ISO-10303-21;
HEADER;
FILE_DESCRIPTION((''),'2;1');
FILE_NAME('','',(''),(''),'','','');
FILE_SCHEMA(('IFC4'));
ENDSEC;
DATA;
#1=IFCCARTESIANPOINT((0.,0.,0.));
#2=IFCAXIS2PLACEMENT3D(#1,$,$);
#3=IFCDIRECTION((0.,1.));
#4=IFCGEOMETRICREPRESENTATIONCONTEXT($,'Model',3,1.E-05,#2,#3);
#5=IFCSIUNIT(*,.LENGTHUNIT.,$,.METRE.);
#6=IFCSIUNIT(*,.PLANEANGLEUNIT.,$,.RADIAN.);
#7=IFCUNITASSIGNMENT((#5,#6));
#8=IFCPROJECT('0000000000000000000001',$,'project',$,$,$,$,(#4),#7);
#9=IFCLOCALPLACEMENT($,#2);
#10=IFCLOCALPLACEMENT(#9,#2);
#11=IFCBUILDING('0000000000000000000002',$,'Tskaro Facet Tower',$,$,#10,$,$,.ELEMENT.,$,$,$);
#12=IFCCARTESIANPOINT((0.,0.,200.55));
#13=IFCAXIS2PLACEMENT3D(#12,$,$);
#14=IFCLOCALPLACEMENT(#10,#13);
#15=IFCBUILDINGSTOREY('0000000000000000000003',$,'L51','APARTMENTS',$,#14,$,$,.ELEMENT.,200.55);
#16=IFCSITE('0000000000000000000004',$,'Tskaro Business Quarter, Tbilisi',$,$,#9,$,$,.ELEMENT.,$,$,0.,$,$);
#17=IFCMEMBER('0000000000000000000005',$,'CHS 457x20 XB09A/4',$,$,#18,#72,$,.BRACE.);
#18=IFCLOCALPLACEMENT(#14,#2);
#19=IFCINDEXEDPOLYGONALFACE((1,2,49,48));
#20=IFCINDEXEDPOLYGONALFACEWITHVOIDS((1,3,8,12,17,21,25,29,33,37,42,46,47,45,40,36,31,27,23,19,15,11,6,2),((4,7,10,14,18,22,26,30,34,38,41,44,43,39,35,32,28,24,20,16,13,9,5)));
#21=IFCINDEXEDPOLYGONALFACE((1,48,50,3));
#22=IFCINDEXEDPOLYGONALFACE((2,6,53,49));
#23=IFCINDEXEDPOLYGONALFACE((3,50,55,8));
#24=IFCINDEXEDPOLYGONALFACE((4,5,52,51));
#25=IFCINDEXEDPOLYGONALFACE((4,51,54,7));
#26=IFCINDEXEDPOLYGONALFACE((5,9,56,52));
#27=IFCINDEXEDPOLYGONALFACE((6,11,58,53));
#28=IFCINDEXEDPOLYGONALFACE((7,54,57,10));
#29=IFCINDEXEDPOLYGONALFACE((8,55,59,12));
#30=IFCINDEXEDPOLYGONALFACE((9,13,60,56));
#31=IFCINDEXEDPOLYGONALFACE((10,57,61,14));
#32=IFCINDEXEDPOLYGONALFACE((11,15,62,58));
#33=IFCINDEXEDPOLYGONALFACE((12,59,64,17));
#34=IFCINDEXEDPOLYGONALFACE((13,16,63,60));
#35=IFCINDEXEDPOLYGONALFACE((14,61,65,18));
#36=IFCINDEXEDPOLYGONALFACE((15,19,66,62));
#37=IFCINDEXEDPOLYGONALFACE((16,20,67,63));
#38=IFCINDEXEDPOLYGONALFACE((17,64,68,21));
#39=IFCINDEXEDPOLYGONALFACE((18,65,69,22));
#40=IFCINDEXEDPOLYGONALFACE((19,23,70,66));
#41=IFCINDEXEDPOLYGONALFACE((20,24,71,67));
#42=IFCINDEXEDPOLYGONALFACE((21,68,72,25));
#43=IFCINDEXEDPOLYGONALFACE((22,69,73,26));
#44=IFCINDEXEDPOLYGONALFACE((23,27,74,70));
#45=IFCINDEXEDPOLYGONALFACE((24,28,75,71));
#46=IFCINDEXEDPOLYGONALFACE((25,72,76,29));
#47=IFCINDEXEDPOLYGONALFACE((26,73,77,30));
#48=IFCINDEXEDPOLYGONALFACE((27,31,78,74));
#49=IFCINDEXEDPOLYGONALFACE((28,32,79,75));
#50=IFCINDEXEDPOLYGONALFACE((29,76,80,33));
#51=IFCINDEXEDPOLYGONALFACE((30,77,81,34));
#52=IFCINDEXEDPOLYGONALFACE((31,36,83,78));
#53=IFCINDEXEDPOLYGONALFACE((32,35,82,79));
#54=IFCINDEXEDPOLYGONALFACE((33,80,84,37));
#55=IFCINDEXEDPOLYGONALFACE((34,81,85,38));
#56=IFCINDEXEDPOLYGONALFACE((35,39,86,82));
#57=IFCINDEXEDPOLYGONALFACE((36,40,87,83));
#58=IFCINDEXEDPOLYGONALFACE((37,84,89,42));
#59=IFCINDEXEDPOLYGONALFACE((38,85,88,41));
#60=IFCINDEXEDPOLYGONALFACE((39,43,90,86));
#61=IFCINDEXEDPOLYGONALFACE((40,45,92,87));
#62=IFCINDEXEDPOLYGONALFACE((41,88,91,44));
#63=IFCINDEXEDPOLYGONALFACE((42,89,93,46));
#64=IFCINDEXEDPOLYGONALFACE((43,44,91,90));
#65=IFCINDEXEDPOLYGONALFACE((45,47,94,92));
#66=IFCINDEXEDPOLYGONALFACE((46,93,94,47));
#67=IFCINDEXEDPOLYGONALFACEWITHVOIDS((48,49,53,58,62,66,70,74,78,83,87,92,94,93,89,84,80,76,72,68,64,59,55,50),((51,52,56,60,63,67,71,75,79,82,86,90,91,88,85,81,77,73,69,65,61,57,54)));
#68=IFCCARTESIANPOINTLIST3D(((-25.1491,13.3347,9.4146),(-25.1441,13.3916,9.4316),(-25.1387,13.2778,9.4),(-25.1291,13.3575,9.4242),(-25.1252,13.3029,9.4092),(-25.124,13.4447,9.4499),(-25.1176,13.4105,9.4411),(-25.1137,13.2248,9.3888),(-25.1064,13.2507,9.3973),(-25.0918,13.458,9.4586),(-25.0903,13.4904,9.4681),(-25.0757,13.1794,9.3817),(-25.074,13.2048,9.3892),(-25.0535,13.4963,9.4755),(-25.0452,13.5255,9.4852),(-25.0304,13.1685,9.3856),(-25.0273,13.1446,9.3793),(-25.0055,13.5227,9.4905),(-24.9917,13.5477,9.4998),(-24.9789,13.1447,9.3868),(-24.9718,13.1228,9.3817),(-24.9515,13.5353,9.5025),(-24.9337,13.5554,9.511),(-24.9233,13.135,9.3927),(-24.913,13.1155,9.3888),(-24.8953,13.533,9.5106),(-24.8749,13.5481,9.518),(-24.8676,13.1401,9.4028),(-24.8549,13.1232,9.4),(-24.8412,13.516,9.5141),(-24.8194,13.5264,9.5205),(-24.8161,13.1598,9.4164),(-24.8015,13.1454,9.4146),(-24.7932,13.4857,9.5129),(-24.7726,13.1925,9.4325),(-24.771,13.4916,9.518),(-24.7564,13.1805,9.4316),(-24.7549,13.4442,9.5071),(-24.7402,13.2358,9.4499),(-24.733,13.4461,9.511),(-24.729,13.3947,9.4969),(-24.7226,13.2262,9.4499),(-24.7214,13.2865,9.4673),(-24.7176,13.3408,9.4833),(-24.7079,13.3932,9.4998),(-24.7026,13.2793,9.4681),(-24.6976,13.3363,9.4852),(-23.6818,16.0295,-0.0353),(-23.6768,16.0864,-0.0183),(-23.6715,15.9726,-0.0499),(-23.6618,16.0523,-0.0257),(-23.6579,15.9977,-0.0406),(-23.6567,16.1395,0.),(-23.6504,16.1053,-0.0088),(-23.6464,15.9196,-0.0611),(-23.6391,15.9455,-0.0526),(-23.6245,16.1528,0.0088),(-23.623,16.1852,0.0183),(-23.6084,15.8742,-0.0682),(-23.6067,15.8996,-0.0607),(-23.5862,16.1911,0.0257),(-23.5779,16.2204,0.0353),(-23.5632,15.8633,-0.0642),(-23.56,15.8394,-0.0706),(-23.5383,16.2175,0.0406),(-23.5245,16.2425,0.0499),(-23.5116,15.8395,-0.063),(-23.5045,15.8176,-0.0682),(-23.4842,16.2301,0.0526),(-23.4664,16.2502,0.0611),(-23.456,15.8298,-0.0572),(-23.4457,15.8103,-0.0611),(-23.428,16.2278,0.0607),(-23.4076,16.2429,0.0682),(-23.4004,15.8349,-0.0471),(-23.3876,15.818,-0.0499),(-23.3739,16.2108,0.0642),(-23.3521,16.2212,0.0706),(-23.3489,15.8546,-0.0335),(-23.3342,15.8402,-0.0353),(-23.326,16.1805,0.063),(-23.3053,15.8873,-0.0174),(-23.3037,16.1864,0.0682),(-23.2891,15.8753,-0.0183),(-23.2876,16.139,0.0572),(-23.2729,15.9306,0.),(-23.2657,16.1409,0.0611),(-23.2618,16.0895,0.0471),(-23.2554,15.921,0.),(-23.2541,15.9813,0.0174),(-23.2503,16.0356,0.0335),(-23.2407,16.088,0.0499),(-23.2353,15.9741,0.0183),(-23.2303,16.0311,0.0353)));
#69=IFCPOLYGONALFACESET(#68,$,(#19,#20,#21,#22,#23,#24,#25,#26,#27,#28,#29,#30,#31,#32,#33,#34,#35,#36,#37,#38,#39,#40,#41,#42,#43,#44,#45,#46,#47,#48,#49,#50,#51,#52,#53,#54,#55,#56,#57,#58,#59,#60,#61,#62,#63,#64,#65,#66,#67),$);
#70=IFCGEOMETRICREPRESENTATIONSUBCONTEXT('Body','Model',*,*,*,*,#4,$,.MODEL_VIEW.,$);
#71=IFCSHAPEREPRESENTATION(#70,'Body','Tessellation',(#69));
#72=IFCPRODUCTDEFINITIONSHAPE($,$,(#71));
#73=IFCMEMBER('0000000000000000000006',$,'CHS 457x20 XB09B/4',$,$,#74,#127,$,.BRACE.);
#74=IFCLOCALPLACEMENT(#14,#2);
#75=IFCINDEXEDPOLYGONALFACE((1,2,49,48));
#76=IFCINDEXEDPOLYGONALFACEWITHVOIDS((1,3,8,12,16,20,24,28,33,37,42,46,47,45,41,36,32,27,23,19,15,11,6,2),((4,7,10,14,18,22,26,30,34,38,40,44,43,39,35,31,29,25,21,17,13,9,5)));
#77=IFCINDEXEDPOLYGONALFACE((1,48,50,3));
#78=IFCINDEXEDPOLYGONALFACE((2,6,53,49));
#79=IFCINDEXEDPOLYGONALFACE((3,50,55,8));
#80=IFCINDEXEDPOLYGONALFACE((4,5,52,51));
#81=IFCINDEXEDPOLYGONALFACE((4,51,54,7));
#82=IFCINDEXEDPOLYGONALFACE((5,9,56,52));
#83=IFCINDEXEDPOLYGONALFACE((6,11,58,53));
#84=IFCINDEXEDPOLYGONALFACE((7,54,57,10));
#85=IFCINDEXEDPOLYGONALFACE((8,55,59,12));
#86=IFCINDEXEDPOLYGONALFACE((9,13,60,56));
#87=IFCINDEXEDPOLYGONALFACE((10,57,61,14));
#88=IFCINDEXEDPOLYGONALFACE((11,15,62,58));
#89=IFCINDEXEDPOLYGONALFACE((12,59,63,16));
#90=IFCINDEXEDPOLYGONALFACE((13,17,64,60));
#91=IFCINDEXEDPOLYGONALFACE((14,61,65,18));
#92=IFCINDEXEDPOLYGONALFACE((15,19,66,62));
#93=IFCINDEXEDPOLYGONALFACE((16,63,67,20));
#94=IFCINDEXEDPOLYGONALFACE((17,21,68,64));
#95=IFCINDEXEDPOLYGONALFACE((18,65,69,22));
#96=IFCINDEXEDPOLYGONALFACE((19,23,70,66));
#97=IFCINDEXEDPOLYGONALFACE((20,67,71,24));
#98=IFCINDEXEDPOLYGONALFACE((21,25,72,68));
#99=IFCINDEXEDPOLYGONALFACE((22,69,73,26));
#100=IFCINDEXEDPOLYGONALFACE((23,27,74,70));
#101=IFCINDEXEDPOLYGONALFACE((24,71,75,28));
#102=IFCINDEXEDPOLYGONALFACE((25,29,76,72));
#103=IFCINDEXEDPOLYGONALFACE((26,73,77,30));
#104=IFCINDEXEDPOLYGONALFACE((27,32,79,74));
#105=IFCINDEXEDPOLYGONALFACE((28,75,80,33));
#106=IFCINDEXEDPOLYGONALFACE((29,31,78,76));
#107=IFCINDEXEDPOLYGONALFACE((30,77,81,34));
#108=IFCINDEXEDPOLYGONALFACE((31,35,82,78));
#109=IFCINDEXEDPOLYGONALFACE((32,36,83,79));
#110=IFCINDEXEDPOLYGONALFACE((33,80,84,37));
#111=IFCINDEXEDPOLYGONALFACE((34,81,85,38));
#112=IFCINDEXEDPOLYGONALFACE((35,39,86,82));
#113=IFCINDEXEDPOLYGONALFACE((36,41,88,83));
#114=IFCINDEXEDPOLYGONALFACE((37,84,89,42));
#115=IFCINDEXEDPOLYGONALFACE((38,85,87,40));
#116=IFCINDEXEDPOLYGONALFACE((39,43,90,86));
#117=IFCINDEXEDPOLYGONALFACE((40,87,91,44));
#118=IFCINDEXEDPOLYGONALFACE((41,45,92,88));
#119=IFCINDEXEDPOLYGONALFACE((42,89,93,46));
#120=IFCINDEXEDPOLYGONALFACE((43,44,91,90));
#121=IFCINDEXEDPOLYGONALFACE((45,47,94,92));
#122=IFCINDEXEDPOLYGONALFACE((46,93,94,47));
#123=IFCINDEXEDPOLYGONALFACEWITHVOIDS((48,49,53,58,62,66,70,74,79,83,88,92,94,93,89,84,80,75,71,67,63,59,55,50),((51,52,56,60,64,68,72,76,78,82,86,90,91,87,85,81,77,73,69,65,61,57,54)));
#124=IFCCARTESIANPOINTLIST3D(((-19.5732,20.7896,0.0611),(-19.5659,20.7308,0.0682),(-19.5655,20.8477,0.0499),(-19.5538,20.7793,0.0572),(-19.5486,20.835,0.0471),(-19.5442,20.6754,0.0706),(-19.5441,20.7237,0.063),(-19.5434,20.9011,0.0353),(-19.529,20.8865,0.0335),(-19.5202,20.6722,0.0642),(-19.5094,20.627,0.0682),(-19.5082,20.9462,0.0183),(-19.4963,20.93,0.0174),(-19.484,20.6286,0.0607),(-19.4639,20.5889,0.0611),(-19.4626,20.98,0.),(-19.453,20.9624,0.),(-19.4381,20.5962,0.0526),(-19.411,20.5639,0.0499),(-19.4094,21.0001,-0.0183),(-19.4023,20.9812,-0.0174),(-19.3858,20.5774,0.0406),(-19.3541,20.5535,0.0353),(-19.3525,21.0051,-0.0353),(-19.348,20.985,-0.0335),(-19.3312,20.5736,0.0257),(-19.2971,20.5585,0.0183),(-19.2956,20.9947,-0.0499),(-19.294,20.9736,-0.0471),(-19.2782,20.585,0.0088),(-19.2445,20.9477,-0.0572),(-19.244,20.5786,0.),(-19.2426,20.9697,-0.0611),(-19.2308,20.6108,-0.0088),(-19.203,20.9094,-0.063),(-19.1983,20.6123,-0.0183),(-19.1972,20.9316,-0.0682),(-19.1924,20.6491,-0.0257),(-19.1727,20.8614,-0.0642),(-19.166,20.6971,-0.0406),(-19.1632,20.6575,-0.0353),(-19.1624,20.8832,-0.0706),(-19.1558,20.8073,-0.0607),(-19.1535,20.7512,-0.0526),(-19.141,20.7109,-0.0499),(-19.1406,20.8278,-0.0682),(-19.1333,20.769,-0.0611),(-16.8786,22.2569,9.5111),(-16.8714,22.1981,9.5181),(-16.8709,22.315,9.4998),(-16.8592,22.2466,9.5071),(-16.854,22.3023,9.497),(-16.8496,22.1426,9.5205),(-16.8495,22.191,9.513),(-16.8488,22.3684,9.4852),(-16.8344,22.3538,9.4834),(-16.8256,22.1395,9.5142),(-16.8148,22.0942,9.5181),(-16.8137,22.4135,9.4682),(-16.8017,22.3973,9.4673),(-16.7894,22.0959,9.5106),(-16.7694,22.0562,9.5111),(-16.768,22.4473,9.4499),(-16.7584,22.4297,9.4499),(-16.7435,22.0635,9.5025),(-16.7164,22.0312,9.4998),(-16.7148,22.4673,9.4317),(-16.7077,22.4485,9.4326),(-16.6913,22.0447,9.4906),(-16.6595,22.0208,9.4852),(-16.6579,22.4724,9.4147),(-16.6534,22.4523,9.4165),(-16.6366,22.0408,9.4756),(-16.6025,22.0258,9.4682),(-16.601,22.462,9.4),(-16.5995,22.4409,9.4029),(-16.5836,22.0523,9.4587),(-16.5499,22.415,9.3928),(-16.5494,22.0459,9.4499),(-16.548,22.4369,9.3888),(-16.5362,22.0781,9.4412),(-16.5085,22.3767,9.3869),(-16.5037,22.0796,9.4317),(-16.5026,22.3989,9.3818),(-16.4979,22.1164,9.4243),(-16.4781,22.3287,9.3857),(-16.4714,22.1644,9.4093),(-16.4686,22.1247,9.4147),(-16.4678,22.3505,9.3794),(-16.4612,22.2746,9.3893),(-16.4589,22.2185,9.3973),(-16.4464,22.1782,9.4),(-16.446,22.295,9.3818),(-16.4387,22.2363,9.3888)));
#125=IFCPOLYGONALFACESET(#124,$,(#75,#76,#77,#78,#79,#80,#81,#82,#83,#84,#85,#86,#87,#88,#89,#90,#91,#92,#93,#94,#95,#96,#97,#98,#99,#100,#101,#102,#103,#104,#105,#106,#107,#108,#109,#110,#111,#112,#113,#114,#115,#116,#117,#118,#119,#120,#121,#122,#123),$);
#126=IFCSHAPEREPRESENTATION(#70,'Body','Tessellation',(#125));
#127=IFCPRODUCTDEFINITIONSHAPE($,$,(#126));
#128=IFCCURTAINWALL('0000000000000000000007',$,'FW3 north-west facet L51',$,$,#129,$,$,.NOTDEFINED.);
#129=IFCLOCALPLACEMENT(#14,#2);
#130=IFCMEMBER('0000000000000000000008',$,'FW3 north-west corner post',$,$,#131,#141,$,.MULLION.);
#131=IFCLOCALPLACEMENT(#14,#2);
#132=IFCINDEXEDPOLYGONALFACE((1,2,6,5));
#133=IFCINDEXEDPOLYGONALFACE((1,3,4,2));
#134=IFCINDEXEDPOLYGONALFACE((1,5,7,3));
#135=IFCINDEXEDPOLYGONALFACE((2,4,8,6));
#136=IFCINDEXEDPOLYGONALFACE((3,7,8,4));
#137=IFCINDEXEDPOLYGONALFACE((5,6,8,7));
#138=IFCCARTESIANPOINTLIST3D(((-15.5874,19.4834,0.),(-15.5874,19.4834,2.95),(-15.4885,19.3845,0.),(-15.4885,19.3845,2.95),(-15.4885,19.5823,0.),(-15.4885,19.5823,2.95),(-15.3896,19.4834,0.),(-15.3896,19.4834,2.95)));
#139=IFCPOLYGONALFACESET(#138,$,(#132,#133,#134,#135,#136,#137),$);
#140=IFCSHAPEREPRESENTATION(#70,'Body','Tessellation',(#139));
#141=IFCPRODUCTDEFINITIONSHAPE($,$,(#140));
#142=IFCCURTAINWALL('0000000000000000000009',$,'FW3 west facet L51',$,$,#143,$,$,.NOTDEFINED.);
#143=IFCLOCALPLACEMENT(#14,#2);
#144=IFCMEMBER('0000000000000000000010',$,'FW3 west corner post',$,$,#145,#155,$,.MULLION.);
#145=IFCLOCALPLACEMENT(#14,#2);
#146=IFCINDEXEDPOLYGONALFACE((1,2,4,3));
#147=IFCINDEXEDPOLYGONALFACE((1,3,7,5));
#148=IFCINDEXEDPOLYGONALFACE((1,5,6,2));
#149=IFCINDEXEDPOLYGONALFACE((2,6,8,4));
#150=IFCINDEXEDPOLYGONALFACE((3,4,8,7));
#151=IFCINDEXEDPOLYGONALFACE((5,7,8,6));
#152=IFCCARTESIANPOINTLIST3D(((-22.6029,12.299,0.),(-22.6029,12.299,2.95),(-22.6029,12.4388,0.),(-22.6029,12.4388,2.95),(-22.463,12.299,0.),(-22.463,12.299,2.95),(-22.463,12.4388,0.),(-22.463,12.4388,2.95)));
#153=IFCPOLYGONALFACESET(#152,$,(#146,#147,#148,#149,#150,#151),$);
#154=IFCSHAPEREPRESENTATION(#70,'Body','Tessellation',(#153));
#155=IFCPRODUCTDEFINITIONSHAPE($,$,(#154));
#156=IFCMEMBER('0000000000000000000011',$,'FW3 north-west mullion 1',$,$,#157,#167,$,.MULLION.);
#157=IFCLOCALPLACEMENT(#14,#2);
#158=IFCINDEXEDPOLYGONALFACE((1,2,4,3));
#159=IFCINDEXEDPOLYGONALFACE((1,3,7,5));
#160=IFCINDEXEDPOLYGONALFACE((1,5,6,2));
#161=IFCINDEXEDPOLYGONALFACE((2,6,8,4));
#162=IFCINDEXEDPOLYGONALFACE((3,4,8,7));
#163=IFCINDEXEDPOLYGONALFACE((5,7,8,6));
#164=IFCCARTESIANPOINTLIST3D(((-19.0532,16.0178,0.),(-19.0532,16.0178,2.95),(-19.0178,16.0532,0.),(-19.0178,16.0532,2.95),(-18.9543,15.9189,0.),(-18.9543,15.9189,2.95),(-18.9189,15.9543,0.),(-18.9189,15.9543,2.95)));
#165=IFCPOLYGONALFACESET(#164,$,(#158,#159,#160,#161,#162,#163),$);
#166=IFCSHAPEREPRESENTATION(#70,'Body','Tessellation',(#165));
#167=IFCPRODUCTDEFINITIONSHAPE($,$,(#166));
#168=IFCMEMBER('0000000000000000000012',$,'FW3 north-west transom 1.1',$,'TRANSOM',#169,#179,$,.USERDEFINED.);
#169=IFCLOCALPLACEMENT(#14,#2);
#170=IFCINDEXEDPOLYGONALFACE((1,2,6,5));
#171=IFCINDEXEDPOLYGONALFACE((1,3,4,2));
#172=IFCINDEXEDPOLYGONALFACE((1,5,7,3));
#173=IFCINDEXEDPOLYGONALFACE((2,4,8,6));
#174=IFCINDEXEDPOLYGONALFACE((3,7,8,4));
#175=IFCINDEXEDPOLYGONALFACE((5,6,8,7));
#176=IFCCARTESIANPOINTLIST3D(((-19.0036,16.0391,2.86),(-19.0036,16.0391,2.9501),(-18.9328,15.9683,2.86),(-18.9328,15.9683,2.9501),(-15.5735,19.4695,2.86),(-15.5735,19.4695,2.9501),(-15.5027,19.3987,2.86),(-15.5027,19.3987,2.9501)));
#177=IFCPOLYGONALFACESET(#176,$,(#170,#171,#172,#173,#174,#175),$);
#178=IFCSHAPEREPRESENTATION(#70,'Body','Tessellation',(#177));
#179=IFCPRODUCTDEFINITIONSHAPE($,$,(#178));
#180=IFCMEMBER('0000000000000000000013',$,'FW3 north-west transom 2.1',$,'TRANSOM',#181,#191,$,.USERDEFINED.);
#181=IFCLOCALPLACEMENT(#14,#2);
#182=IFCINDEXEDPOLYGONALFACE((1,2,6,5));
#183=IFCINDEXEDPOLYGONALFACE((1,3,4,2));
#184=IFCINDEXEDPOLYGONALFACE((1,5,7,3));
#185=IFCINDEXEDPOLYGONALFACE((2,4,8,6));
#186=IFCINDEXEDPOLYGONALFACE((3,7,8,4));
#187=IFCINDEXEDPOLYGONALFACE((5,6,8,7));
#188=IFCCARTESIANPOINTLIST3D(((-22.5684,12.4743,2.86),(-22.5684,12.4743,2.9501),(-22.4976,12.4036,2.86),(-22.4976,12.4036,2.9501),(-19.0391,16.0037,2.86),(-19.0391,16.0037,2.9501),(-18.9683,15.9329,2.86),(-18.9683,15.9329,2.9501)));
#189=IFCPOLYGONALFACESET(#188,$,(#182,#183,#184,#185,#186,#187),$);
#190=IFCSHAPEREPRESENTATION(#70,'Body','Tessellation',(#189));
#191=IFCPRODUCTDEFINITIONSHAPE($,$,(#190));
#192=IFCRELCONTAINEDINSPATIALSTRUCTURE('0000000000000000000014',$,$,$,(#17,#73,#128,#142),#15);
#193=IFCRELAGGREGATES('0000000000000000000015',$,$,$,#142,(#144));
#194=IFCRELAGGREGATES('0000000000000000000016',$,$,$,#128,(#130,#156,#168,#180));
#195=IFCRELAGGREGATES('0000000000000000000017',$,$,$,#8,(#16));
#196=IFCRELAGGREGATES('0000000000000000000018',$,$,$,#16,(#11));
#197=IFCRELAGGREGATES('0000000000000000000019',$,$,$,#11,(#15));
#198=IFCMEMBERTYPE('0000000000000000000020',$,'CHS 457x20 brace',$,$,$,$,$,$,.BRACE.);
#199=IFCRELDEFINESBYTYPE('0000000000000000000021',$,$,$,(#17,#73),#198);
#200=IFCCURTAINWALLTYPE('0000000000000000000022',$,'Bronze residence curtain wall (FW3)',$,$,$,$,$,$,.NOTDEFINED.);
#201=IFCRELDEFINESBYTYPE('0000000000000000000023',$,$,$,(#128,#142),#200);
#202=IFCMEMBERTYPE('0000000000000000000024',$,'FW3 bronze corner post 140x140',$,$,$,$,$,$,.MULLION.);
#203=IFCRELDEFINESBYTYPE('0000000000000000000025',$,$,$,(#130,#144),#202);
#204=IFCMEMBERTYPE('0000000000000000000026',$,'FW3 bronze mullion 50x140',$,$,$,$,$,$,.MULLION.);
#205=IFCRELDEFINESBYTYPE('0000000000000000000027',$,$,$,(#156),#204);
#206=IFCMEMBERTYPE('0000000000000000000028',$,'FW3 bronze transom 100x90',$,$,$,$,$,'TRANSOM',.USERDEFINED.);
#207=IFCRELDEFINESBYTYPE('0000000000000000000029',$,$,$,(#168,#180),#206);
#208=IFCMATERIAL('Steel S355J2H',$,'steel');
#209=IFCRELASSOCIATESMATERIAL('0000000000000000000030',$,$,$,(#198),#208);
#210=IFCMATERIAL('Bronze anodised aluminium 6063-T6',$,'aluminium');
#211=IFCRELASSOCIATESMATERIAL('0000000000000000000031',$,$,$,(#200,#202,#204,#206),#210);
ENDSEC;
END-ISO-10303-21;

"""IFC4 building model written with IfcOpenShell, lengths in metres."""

from ifc_helpers import new_model, si_unit, direction, frame, origin, origin_2d, place, context, subcontext, project, spatial, rectangle, hollow_circle, extrude, material, material_profile, profile_set, type_object, element, aggregate, save


model = new_model("IFC4")

# Units and contexts
model_context = context("Model", 3, precision=1e-05, world=origin(), true_north=direction((0.0, 1.0)))
body_context = subcontext(model_context, "Body", "Model", "MODEL_VIEW")
ifc_project = project(units=[si_unit("LENGTHUNIT", "METRE"), si_unit("PLANEANGLEUNIT", "RADIAN")], contexts=[model_context])

# Site, building, storey
site_placement = place(None, origin())
site = spatial("IfcSite", under=ifc_project, at=site_placement, Name="Tskaro Business Quarter, Tbilisi", CompositionType="ELEMENT", RefElevation=0.0)
building_placement = place(site_placement, origin())
building = spatial("IfcBuilding", under=site, at=building_placement, Name="Tskaro Facet Tower", CompositionType="ELEMENT")
storey_placement = place(building_placement, frame((0.0, 0.0, 200.55)))
storey = spatial("IfcBuildingStorey", under=building, at=storey_placement, Name="L51", Description="APARTMENTS", CompositionType="ELEMENT", Elevation=200.55)

# Shared definitions
ifc_material_1 = material(Name="Steel S355J2H", Category="steel")

# Members
ifc_material_profile_1 = material_profile(ifc_material_1, hollow_circle(Radius=0.2285, WallThickness=0.02, at=origin_2d()), Name="CHS 457x20")
ifc_profile_set_1 = profile_set([ifc_material_profile_1], Name="Steel S355J2H")
member_type_1 = type_object("IfcMemberType", Name="CHS 457x20 brace", PredefinedType="BRACE", material=ifc_profile_set_1)
for number, where, z_axis, x_axis, name in (
    (1, (-23.4561, 16.0303, 0.0), (-0.147679, -0.271229, 0.951118), (0.878254, -0.478194, 0.0), "CHS 457x20 XB09A/4"),
    (2, (-19.3533, 20.7793, 0.0), (0.271206, 0.14768, 0.951125), (-0.478228, 0.878236, 0.0), "CHS 457x20 XB09B/4"),
):
    element("IfcMember", number, at=place(storey_placement, frame(where, z_axis=z_axis, x_axis=x_axis)), inside=storey, type_object=member_type_1, Name=name, PredefinedType="BRACE", context=body_context, shape_type="SweptSolid", body=[
        extrude(hollow_circle(Radius=0.2285, WallThickness=0.02, at=origin_2d()), origin(), (0.0, 0.0, 1.0), 9.9355),
    ])

# Curtain walls, members
ifc_material_2 = material(Name="Bronze anodised aluminium 6063-T6", Category="aluminium")
curtain_wall_type = type_object("IfcCurtainWallType", Name="Bronze residence curtain wall (FW3)", PredefinedType="NOTDEFINED", material=ifc_material_2)
curtain_wall_1_placement = place(storey_placement, origin())
curtain_wall_1 = element("IfcCurtainWall", 3, at=curtain_wall_1_placement, inside=storey, type_object=curtain_wall_type, Name="FW3 north-west facet L51", PredefinedType="NOTDEFINED")
ifc_material_profile_2 = material_profile(ifc_material_2, rectangle(XDim=0.1399, YDim=0.1399, at=origin_2d()), Name="Corner post 140x140")
ifc_profile_set_2 = profile_set([ifc_material_profile_2], Name="Bronze anodised aluminium 6063-T6")
member_type_2 = type_object("IfcMemberType", Name="FW3 bronze corner post 140x140", PredefinedType="MULLION", material=ifc_profile_set_2)
member_1_placement = place(storey_placement, frame((-15.4885, 19.4834, 0.0), z_axis=(0.0, 0.0, 1.0), x_axis=(-0.707107, -0.707107, 0.0)))
member_1 = element("IfcMember", 4, at=member_1_placement, type_object=member_type_2, Name="FW3 north-west corner post", PredefinedType="MULLION", context=body_context, shape_type="SweptSolid", body=[
    extrude(rectangle(XDim=0.1399, YDim=0.1399, at=origin_2d()), origin(), (0.0, 0.0, 1.0), 2.95),
])
curtain_wall_2_placement = place(storey_placement, origin())
curtain_wall_2 = element("IfcCurtainWall", 5, at=curtain_wall_2_placement, inside=storey, type_object=curtain_wall_type, Name="FW3 west facet L51", PredefinedType="NOTDEFINED")
member_2_placement = place(storey_placement, frame((-22.533, 12.3689, 0.0), z_axis=(0.0, 0.0, 1.0), x_axis=(0.0, -1.0, 0.0)))
member_2 = element("IfcMember", 6, at=member_2_placement, type_object=member_type_2, Name="FW3 west corner post", PredefinedType="MULLION", context=body_context, shape_type="SweptSolid", body=[
    extrude(rectangle(XDim=0.1399, YDim=0.1399, at=origin_2d()), origin(), (0.0, 0.0, 1.0), 2.95),
])

# Members
ifc_material_profile_3 = material_profile(ifc_material_2, rectangle(XDim=0.05, YDim=0.1399, at=origin_2d()), Name="Mullion 50x140")
ifc_profile_set_3 = profile_set([ifc_material_profile_3], Name="Bronze anodised aluminium 6063-T6")
member_type_3 = type_object("IfcMemberType", Name="FW3 bronze mullion 50x140", PredefinedType="MULLION", material=ifc_profile_set_3)
member_3_placement = place(storey_placement, frame((-18.9861, 15.9861, 0.0), z_axis=(0.0, 0.0, 1.0), x_axis=(-0.707107, -0.707107, 0.0)))
member_3 = element("IfcMember", 7, at=member_3_placement, type_object=member_type_3, Name="FW3 north-west mullion 1", PredefinedType="MULLION", context=body_context, shape_type="SweptSolid", body=[
    extrude(rectangle(XDim=0.05, YDim=0.1399, at=origin_2d()), origin(), (0.0, 0.0, 1.0), 2.95),
])
ifc_material_profile_4 = material_profile(ifc_material_2, rectangle(XDim=0.1001, YDim=0.0901, at=origin_2d()), Name="Transom 100x90")
ifc_profile_set_4 = profile_set([ifc_material_profile_4], Name="Bronze anodised aluminium 6063-T6")
member_type_4 = type_object("IfcMemberType", Name="FW3 bronze transom 100x90", ElementType="TRANSOM", PredefinedType="USERDEFINED", material=ifc_profile_set_4)
member_4_placement = place(storey_placement, frame((-15.5381, 19.4341, 2.905), z_axis=(-0.707082, -0.707132, 0.0), x_axis=(0.707132, -0.707082, 0.0)))
member_4 = element("IfcMember", 8, at=member_4_placement, type_object=member_type_4, Name="FW3 north-west transom 1.1", ObjectType="TRANSOM", PredefinedType="USERDEFINED", context=body_context, shape_type="SweptSolid", body=[
    extrude(rectangle(XDim=0.1001, YDim=0.0901, at=origin_2d()), origin(), (0.0, 0.0, 1.0), 4.8511),
])
member_5_placement = place(storey_placement, frame((-19.0037, 15.9683, 2.905), z_axis=(-0.707107, -0.707107, 0.0), x_axis=(0.707107, -0.707107, 0.0)))
member_5 = element("IfcMember", 9, at=member_5_placement, type_object=member_type_4, Name="FW3 north-west transom 2.1", ObjectType="TRANSOM", PredefinedType="USERDEFINED", context=body_context, shape_type="SweptSolid", body=[
    extrude(rectangle(XDim=0.1001, YDim=0.0901, at=origin_2d()), origin(), (0.0, 0.0, 1.0), 4.9912),
])
aggregate(curtain_wall_2, [member_2])

aggregate(curtain_wall_1, [member_1, member_3, member_4, member_5])

save(model, "model.ifc")
